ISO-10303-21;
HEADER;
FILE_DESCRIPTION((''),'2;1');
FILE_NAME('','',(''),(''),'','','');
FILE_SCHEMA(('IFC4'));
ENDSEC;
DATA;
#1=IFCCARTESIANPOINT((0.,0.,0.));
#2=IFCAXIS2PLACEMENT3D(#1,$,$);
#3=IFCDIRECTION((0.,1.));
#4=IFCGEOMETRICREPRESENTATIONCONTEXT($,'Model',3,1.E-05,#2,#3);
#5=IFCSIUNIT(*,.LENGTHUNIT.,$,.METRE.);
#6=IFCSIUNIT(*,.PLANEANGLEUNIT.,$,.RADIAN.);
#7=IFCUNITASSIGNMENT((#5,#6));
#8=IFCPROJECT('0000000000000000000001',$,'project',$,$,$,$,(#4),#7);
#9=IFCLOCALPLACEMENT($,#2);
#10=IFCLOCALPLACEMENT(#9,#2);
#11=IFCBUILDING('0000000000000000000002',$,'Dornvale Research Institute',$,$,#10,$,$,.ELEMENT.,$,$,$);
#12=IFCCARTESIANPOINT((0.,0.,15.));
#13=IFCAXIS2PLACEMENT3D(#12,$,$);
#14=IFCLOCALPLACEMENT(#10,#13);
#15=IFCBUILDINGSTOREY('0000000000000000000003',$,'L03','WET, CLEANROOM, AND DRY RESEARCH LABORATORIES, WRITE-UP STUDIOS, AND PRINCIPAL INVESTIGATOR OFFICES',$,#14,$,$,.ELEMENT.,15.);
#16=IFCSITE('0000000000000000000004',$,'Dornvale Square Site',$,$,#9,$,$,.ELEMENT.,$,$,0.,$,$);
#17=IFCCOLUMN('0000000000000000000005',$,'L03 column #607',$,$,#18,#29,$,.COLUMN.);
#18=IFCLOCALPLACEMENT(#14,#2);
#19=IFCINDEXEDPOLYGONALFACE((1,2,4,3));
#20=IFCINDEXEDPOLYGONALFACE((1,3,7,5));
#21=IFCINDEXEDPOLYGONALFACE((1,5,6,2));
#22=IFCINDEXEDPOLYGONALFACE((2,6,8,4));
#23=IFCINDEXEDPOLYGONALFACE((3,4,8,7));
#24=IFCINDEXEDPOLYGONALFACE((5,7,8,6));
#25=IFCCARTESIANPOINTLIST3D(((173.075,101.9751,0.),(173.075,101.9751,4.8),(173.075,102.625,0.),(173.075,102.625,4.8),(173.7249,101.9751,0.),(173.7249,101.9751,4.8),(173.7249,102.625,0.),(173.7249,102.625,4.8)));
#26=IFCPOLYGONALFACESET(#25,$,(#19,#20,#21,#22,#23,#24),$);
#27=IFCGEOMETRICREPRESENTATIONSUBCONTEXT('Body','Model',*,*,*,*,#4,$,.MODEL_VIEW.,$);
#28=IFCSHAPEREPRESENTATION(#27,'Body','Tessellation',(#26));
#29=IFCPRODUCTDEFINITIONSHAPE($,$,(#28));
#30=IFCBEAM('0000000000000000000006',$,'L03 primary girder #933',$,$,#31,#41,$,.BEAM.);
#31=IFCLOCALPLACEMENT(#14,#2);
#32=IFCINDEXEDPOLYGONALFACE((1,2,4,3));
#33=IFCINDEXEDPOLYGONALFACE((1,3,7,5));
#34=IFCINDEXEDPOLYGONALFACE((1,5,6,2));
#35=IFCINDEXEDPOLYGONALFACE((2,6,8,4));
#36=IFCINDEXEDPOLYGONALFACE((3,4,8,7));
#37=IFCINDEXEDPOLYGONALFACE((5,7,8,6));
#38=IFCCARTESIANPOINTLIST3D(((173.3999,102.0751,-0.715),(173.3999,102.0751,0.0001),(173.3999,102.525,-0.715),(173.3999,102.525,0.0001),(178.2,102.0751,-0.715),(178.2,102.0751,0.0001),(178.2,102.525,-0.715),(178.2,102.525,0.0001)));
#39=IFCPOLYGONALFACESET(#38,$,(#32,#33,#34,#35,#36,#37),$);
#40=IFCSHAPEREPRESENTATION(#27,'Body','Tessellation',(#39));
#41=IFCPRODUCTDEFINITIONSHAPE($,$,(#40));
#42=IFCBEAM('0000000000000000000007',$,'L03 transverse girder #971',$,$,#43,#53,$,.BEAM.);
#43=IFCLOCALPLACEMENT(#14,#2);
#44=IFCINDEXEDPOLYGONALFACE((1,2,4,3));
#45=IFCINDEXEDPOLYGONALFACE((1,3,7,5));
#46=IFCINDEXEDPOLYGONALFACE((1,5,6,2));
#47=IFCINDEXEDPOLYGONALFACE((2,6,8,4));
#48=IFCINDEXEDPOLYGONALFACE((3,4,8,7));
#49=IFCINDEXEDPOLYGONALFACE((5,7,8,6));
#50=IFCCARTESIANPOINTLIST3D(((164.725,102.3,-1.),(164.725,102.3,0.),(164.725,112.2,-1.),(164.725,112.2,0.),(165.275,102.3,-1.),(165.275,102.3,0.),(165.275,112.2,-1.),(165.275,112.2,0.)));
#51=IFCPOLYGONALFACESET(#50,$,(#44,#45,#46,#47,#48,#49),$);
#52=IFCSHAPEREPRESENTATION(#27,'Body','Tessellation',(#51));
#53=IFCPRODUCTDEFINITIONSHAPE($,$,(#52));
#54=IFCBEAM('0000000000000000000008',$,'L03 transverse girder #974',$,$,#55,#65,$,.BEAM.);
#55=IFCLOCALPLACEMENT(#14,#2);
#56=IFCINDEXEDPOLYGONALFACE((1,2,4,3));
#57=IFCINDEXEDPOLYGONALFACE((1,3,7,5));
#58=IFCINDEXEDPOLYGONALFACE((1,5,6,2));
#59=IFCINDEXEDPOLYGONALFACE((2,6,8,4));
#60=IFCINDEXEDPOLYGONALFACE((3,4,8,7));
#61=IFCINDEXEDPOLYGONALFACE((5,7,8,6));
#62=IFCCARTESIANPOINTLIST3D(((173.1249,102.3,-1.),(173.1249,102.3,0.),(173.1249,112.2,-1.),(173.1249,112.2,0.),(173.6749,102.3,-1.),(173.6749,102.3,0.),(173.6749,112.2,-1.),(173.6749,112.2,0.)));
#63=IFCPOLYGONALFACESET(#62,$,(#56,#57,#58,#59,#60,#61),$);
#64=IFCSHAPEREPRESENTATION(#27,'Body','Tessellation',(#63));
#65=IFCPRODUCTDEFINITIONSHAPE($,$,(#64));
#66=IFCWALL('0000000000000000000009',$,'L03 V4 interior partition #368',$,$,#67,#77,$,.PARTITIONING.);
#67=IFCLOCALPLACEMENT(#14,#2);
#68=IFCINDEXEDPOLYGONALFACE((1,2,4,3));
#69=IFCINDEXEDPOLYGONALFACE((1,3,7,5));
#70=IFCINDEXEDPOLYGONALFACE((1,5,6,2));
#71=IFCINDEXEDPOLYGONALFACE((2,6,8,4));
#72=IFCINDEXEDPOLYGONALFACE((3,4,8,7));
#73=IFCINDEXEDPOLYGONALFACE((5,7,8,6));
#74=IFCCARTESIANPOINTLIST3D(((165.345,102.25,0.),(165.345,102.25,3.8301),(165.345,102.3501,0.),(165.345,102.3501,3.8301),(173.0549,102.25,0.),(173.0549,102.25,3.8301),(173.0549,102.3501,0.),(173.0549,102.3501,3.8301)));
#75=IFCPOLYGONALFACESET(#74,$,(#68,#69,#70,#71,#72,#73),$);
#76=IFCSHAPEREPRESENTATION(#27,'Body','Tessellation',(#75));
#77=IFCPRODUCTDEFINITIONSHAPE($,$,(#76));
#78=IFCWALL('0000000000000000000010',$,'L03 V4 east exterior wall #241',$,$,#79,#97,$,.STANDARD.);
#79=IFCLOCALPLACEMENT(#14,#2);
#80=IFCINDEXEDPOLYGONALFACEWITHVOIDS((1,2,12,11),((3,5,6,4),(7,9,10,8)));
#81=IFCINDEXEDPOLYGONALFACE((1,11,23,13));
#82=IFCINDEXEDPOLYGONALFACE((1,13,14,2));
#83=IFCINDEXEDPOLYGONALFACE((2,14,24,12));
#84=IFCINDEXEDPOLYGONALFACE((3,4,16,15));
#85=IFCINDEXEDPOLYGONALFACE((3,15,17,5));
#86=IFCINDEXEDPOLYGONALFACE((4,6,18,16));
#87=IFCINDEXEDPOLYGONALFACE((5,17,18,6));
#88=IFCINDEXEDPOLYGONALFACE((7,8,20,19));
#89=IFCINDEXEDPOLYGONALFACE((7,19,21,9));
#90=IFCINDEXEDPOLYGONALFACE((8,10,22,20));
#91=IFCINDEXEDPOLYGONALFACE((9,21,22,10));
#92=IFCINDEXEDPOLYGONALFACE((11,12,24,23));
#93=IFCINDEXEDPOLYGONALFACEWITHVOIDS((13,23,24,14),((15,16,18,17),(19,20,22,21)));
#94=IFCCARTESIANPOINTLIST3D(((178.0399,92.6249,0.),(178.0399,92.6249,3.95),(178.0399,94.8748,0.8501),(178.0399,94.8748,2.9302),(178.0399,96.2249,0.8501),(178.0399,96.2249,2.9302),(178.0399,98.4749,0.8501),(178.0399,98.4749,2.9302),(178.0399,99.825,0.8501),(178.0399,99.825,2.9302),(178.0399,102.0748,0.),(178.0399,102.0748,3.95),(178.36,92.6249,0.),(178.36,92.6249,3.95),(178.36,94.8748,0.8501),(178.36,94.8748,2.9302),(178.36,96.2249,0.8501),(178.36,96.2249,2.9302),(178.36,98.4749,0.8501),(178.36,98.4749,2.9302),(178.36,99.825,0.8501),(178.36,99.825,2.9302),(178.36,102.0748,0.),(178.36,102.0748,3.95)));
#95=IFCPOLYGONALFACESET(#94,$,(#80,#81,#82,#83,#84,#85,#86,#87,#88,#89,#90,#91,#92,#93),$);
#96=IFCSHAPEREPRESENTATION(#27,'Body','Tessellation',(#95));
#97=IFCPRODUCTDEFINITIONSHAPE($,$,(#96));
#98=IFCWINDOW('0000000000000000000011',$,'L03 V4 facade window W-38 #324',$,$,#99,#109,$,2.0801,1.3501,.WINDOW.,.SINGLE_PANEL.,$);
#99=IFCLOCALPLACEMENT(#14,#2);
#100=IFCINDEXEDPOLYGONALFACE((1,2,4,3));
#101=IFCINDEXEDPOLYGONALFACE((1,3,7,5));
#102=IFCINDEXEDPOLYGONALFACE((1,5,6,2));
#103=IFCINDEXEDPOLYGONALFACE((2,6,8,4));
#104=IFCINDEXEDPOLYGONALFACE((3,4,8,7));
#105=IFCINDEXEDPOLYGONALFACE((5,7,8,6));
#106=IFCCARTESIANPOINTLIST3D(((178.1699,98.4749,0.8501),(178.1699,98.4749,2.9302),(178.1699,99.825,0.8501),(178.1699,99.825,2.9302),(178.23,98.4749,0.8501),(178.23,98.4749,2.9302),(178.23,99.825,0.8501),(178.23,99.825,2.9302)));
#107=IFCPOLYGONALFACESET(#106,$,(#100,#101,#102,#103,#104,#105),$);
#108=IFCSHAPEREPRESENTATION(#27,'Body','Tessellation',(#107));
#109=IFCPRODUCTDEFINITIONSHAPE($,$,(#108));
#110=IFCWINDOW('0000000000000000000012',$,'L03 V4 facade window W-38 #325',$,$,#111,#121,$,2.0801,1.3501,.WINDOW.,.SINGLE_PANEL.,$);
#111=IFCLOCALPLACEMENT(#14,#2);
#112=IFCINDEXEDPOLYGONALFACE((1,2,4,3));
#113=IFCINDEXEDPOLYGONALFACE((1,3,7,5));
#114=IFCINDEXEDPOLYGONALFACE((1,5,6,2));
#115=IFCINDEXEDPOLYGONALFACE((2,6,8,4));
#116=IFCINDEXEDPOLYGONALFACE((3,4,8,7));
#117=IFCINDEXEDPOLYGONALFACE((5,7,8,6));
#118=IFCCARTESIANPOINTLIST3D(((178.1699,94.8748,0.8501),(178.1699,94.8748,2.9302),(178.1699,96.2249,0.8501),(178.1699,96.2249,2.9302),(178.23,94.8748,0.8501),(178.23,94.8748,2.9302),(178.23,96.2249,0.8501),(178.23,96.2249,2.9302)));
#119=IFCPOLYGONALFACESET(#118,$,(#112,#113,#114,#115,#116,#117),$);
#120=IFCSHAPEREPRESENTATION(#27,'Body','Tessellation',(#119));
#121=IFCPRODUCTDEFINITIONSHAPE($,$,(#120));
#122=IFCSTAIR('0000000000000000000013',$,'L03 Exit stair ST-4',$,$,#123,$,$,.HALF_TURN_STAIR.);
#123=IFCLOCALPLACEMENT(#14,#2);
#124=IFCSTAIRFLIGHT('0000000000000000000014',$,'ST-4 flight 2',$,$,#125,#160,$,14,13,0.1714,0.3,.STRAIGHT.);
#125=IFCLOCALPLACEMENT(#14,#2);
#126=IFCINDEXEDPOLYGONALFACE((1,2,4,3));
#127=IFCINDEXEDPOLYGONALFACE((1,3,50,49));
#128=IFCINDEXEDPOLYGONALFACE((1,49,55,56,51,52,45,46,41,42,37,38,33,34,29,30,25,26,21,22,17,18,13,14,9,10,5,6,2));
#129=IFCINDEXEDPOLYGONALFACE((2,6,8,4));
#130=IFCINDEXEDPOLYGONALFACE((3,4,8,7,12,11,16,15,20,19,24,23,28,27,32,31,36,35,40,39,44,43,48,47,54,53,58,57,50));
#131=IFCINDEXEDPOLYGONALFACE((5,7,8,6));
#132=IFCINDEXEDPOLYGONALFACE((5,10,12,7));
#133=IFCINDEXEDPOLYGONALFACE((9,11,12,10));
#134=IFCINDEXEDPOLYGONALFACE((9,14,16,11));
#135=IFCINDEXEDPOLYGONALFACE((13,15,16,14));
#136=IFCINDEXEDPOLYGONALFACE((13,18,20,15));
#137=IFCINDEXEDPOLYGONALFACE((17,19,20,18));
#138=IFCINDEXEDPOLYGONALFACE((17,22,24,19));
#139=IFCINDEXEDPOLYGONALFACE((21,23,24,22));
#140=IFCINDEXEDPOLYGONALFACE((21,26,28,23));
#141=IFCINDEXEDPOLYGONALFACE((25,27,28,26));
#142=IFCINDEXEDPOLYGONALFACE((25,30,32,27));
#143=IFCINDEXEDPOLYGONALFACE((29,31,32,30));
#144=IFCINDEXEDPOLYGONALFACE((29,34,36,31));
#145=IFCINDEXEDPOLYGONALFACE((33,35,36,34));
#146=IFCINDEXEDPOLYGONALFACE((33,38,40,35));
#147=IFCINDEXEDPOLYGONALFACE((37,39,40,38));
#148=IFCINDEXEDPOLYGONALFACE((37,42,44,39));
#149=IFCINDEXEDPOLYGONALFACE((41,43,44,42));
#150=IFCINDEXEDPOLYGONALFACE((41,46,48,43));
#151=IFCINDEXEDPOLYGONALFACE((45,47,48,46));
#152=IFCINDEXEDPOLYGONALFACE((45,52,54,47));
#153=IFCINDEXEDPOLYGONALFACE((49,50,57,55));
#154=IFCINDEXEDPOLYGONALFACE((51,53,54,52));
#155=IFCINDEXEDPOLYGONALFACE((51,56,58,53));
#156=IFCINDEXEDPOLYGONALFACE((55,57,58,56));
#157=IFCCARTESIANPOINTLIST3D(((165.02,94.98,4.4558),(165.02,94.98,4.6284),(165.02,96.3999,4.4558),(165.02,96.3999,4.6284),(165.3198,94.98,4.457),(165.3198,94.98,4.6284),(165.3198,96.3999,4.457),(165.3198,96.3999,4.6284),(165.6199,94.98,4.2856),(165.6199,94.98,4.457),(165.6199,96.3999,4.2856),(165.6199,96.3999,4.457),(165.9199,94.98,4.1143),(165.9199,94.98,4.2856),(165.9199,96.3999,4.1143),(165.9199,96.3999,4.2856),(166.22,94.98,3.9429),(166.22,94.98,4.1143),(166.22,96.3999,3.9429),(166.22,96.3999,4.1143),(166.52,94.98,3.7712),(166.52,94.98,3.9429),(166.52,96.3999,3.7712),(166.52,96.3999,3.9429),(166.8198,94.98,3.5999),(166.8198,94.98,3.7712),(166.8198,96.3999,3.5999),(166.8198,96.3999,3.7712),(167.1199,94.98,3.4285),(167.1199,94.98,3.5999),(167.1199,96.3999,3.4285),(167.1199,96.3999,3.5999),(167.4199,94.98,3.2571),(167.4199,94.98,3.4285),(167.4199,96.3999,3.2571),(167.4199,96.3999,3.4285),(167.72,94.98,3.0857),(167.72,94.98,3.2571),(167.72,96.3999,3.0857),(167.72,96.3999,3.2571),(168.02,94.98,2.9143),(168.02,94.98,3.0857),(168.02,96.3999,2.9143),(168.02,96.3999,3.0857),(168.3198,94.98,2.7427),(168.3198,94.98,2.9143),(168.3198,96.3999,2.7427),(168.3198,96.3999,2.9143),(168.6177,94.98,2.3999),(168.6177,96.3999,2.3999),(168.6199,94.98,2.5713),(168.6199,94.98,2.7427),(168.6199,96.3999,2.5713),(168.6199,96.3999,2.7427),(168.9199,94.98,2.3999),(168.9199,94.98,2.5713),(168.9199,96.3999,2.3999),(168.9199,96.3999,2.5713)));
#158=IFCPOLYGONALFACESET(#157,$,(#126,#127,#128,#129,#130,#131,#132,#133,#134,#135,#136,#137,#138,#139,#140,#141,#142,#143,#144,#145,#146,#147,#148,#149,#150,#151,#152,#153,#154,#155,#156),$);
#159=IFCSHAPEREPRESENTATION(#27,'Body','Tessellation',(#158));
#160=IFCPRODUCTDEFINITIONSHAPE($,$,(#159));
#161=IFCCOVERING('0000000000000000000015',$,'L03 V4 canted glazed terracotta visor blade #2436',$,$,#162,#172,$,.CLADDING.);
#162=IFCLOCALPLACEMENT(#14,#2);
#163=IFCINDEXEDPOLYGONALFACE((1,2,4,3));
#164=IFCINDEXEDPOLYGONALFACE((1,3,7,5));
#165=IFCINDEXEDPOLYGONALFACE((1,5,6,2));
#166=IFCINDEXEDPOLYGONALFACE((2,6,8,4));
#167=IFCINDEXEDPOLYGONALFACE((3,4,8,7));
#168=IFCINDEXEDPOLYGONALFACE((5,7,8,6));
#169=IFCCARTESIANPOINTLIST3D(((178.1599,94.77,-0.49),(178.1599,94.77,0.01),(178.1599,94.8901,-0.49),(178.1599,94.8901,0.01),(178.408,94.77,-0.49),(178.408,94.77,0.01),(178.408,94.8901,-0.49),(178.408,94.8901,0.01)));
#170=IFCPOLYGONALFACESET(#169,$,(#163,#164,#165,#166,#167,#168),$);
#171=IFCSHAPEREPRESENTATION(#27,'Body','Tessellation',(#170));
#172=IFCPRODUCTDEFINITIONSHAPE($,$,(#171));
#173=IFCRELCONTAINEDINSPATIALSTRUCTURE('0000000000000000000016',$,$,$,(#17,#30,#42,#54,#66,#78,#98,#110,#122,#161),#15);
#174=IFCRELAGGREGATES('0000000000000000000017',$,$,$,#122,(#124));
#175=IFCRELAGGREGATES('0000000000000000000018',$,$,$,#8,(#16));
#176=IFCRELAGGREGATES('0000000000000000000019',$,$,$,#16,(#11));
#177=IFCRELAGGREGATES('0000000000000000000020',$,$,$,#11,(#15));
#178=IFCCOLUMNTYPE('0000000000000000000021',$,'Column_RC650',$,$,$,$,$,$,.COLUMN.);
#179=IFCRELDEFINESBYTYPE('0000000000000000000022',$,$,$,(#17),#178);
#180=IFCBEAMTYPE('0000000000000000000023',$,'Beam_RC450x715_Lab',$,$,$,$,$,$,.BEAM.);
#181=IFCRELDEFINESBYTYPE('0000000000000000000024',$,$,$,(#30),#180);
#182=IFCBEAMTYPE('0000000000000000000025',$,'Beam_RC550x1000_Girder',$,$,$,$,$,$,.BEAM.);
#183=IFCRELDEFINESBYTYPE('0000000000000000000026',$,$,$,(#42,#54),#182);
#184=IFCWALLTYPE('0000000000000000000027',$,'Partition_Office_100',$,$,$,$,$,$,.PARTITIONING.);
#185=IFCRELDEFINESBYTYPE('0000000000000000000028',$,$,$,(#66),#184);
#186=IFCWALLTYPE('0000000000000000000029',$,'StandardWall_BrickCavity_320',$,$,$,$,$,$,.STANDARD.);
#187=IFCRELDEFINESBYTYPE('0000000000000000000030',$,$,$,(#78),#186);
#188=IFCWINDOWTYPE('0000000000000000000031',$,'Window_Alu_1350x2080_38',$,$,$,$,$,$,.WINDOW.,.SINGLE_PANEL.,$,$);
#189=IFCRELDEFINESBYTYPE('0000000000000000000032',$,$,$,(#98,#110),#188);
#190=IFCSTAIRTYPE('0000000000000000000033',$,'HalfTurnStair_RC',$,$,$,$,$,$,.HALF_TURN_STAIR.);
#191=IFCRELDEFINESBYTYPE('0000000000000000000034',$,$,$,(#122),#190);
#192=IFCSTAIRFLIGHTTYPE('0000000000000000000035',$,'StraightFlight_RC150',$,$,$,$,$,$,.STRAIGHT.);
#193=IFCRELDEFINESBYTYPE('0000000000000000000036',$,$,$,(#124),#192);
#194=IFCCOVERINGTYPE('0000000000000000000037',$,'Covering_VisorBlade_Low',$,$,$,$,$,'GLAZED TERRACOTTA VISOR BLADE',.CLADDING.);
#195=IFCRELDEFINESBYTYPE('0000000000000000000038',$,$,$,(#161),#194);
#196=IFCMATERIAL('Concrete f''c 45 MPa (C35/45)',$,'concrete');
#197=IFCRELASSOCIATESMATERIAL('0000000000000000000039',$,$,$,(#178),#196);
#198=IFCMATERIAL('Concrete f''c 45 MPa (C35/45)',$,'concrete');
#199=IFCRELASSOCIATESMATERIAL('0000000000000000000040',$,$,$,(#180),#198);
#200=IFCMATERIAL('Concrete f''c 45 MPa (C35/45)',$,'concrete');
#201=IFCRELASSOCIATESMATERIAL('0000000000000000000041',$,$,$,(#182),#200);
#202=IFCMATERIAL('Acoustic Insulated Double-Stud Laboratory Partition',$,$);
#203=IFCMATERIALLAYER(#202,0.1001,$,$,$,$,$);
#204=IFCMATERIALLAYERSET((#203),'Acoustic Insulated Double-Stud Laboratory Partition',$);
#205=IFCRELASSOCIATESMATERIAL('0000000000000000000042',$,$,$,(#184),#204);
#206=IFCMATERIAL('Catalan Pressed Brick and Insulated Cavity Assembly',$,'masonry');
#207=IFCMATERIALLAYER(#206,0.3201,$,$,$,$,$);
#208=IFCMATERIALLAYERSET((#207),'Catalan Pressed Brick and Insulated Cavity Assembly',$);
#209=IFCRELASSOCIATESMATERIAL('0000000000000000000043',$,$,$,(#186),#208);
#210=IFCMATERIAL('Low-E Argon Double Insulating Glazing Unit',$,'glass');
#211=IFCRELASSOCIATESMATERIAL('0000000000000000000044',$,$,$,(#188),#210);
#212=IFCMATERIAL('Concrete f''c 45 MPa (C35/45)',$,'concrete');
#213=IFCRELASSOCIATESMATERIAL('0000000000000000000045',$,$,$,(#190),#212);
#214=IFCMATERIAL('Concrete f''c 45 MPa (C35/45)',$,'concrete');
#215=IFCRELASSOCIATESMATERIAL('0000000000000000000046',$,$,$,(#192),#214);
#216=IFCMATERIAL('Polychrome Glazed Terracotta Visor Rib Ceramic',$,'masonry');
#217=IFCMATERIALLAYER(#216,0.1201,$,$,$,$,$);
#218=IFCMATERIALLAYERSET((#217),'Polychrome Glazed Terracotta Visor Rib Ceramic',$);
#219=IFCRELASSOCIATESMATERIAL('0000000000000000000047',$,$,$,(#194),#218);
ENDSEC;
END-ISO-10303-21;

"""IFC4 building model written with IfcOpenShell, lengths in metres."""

from ifc_helpers import new_model, si_unit, direction, frame, frame_2d, origin, origin_2d, place, context, subcontext, project, spatial, polyline, rectangle, outline, extrude, material, layer, layer_set, material_profile, profile_set, type_object, element, fill, aggregate, save


model = new_model("IFC4")

# Units and contexts
model_context = context("Model", 3, precision=1e-05, world=origin(), true_north=direction((0.0, 1.0)))
body_context = subcontext(model_context, "Body", "Model", "MODEL_VIEW")
ifc_project = project(units=[si_unit("LENGTHUNIT", "METRE"), si_unit("PLANEANGLEUNIT", "RADIAN")], contexts=[model_context])

# Site, building, storey
site_placement = place(None, origin())
site = spatial("IfcSite", under=ifc_project, at=site_placement, Name="Dornvale Square Site", CompositionType="ELEMENT", RefElevation=0.0)
building_placement = place(site_placement, origin())
building = spatial("IfcBuilding", under=site, at=building_placement, Name="Dornvale Research Institute", CompositionType="ELEMENT")
storey_placement = place(building_placement, frame((0.0, 0.0, 15.0)))
storey = spatial("IfcBuildingStorey", under=building, at=storey_placement, Name="L03", Description="WET, CLEANROOM, AND DRY RESEARCH LABORATORIES, WRITE-UP STUDIOS, AND PRINCIPAL INVESTIGATOR OFFICES", CompositionType="ELEMENT", Elevation=15.0)

# Column
ifc_material_1 = material(Name="Concrete f'c 45 MPa (C35/45)", Category="concrete")
ifc_material_profile_1 = material_profile(ifc_material_1, rectangle(XDim=0.6499, YDim=0.6499, at=origin_2d()), Name="RC 650x650")
ifc_profile_set_1 = profile_set([ifc_material_profile_1], Name="Concrete f'c 45 MPa (C35/45)")
column_type = type_object("IfcColumnType", Name="Column_RC650", PredefinedType="COLUMN", material=ifc_profile_set_1)
column_placement = place(storey_placement, frame((173.3999, 102.3, 0.0), z_axis=(0.0, 0.0, 1.0), x_axis=(1.0, 0.0, 0.0)))
element("IfcColumn", 1, at=column_placement, inside=storey, type_object=column_type, Name="L03 column #607", PredefinedType="COLUMN", context=body_context, shape_type="SweptSolid", body=[
    extrude(rectangle(XDim=0.6499, YDim=0.6499, at=origin_2d()), origin(), (0.0, 0.0, 1.0), 4.8),
])

# Beams
ifc_material_2 = material(Name="Concrete f'c 45 MPa (C35/45)", Category="concrete")
ifc_material_profile_2 = material_profile(ifc_material_2, rectangle(XDim=0.45, YDim=0.7151, at=origin_2d()), Name="RC 450x715")
ifc_profile_set_2 = profile_set([ifc_material_profile_2], Name="Concrete f'c 45 MPa (C35/45)")
beam_type_1 = type_object("IfcBeamType", Name="Beam_RC450x715_Lab", PredefinedType="BEAM", material=ifc_profile_set_2)
beam_placement = place(storey_placement, frame((173.3999, 102.3, -0.3574), z_axis=(1.0, 0.0, 0.0), x_axis=(0.0, 1.0, 0.0)))
element("IfcBeam", 2, at=beam_placement, inside=storey, type_object=beam_type_1, Name="L03 primary girder #933", PredefinedType="BEAM", context=body_context, shape_type="SweptSolid", body=[
    extrude(rectangle(XDim=0.45, YDim=0.7151, at=origin_2d()), origin(), (0.0, 0.0, 1.0), 4.8),
])
ifc_material_3 = material(Name="Concrete f'c 45 MPa (C35/45)", Category="concrete")
ifc_material_profile_3 = material_profile(ifc_material_3, rectangle(XDim=0.55, YDim=1.0, at=origin_2d()), Name="RC 550x1000")
ifc_profile_set_3 = profile_set([ifc_material_profile_3], Name="Concrete f'c 45 MPa (C35/45)")
beam_type_2 = type_object("IfcBeamType", Name="Beam_RC550x1000_Girder", PredefinedType="BEAM", material=ifc_profile_set_3)
for number, where, z_axis, x_axis, name in (
    (3, (165.0, 102.3, -0.5), (0.0, 1.0, 0.0), (-1.0, 0.0, 0.0), "L03 transverse girder #971"),
    (4, (173.3999, 102.3, -0.5), (0.0, 1.0, 0.0), (-1.0, 0.0, 0.0), "L03 transverse girder #974"),
):
    element("IfcBeam", number, at=place(storey_placement, frame(where, z_axis=z_axis, x_axis=x_axis)), inside=storey, type_object=beam_type_2, Name=name, PredefinedType="BEAM", context=body_context, shape_type="SweptSolid", body=[
        extrude(rectangle(XDim=0.55, YDim=1.0, at=origin_2d()), origin(), (0.0, 0.0, 1.0), 9.8999),
    ])

# Wall
ifc_material_4 = material(Name="Acoustic Insulated Double-Stud Laboratory Partition")
ifc_layer_1 = layer(ifc_material_4, 0.1001)
ifc_layer_set_1 = layer_set([ifc_layer_1], Name="Acoustic Insulated Double-Stud Laboratory Partition")
wall_type_1 = type_object("IfcWallType", Name="Partition_Office_100", PredefinedType="PARTITIONING", material=ifc_layer_set_1)
wall_1_placement = place(storey_placement, frame((165.345, 102.3, 0.0), z_axis=(0.0, 0.0, 1.0), x_axis=(1.0, 0.0, 0.0)))
element("IfcWall", 5, at=wall_1_placement, inside=storey, type_object=wall_type_1, Name="L03 V4 interior partition #368", PredefinedType="PARTITIONING", context=body_context, shape_type="SweptSolid", body=[
    extrude(rectangle(XDim=7.71, YDim=0.1001, at=frame_2d((3.855, 0.0))), origin(), (0.0, 0.0, 1.0), 3.8301),
])

# Wall, openings, windows
ifc_material_5 = material(Name="Catalan Pressed Brick and Insulated Cavity Assembly", Category="masonry")
ifc_layer_2 = layer(ifc_material_5, 0.3201)
ifc_layer_set_2 = layer_set([ifc_layer_2], Name="Catalan Pressed Brick and Insulated Cavity Assembly")
wall_type_2 = type_object("IfcWallType", Name="StandardWall_BrickCavity_320", PredefinedType="STANDARD", material=ifc_layer_set_2)
wall_2_placement = place(storey_placement, frame((178.2, 102.075, 0.0), z_axis=(0.0, 0.0, 1.0), x_axis=(0.0, -1.0, 0.0)))
wall_2 = element("IfcWall", 6, at=wall_2_placement, inside=storey, type_object=wall_type_2, Name="L03 V4 east exterior wall #241", PredefinedType="STANDARD", context=body_context, shape_type="SweptSolid", body=[
    extrude(rectangle(XDim=9.45, YDim=0.3201, at=frame_2d((4.7251, 0.0))), origin(), (0.0, 0.0, 1.0), 3.95),
])
opening_1_placement = place(wall_2_placement, frame((2.25, 0.0, 0.8501)))
opening_1 = element("IfcOpeningElement", 7, at=opening_1_placement, cuts=wall_2, PredefinedType="OPENING", context=body_context, shape_type="SweptSolid", body=[
    extrude(rectangle(XDim=1.3501, YDim=2.0801, at=frame_2d((0.675, 1.04))), frame((0.0, 0.175, 0.0), z_axis=(0.0, -1.0, 0.0), x_axis=(1.0, 0.0, 0.0)), (0.0, 0.0, 1.0), 0.3501),
])
opening_2_placement = place(wall_2_placement, frame((5.8501, 0.0, 0.8501)))
opening_2 = element("IfcOpeningElement", 8, at=opening_2_placement, cuts=wall_2, PredefinedType="OPENING", context=body_context, shape_type="SweptSolid", body=[
    extrude(rectangle(XDim=1.3501, YDim=2.0801, at=frame_2d((0.675, 1.04))), frame((0.0, 0.175, 0.0), z_axis=(0.0, -1.0, 0.0), x_axis=(1.0, 0.0, 0.0)), (0.0, 0.0, 1.0), 0.3501),
])
ifc_material_6 = material(Name="Low-E Argon Double Insulating Glazing Unit", Category="glass")
window_type = type_object("IfcWindowType", Name="Window_Alu_1350x2080_38", PartitioningType="SINGLE_PANEL", PredefinedType="WINDOW", material=ifc_material_6)
window_1_placement = place(opening_1_placement, origin())
window_1 = element("IfcWindow", 9, at=window_1_placement, inside=storey, type_object=window_type, Name="L03 V4 facade window W-38 #324", OverallHeight=2.0801, OverallWidth=1.3501, PartitioningType="SINGLE_PANEL", PredefinedType="WINDOW", context=body_context, shape_type="SweptSolid", body=[
    extrude(rectangle(XDim=1.3501, YDim=2.0801, at=frame_2d((0.675, 1.04))), frame((0.0, 0.03, 0.0), z_axis=(0.0, -1.0, 0.0), x_axis=(1.0, 0.0, 0.0)), (0.0, 0.0, 1.0), 0.0601),
])
fill(opening_1, window_1)
window_2_placement = place(opening_2_placement, origin())
window_2 = element("IfcWindow", 10, at=window_2_placement, inside=storey, type_object=window_type, Name="L03 V4 facade window W-38 #325", OverallHeight=2.0801, OverallWidth=1.3501, PartitioningType="SINGLE_PANEL", PredefinedType="WINDOW", context=body_context, shape_type="SweptSolid", body=[
    extrude(rectangle(XDim=1.3501, YDim=2.0801, at=frame_2d((0.675, 1.04))), frame((0.0, 0.03, 0.0), z_axis=(0.0, -1.0, 0.0), x_axis=(1.0, 0.0, 0.0)), (0.0, 0.0, 1.0), 0.0601),
])
fill(opening_2, window_2)

# Stair, stair flight
ifc_material_7 = material(Name="Concrete f'c 45 MPa (C35/45)", Category="concrete")
stair_type = type_object("IfcStairType", Name="HalfTurnStair_RC", PredefinedType="HALF_TURN_STAIR", material=ifc_material_7)
stair_placement = place(storey_placement, origin())
stair = element("IfcStair", 11, at=stair_placement, inside=storey, type_object=stair_type, Name="L03 Exit stair ST-4", PredefinedType="HALF_TURN_STAIR")
ifc_material_8 = material(Name="Concrete f'c 45 MPa (C35/45)", Category="concrete")
stair_flight_type = type_object("IfcStairFlightType", Name="StraightFlight_RC150", PredefinedType="STRAIGHT", material=ifc_material_8)
stair_flight_placement = place(storey_placement, frame((168.9199, 95.6899, 2.3999), z_axis=(0.0, 0.0, 1.0), x_axis=(-1.0, 0.0, 0.0)))
stair_flight = element("IfcStairFlight", 12, at=stair_flight_placement, type_object=stair_flight_type, Name="ST-4 flight 2", NumberOfRisers=14, NumberOfTreads=13, PredefinedType="STRAIGHT", RiserHeight=0.1714, TreadLength=0.3, context=body_context, shape_type="SweptSolid", body=[
    extrude(outline(polyline([(0.0, 0.0), (0.0, 0.1714), (0.3, 0.1714), (0.3, 0.3428), (0.6001, 0.3428), (0.6001, 0.5144), (0.8999, 0.5144), (0.8999, 0.6858), (1.2, 0.6858), (1.2, 0.8572), (1.5, 0.8572), (1.5, 1.0286), (1.8, 1.0286), (1.8, 1.2), (2.1001, 1.2), (2.1001, 1.3713), (2.3999, 1.3713), (2.3999, 1.543), (2.7, 1.543), (2.7, 1.7144), (3.0, 1.7144), (3.0, 1.8857), (3.3, 1.8857), (3.3, 2.0571), (3.6001, 2.0571), (3.6001, 2.2285), (3.8999, 2.2285), (3.8999, 2.3999), (3.8999, 2.0559), (0.3022, 0.0), (0.0, 0.0)])), frame((0.0, 0.71, 0.0), z_axis=(0.0, -1.0, 0.0), x_axis=(1.0, 0.0, 0.0)), (0.0, 0.0, 1.0), 1.4199),
])
aggregate(stair, [stair_flight])

# Covering
ifc_material_9 = material(Name="Polychrome Glazed Terracotta Visor Rib Ceramic", Category="masonry")
ifc_layer_3 = layer(ifc_material_9, 0.1201)
ifc_layer_set_3 = layer_set([ifc_layer_3], Name="Polychrome Glazed Terracotta Visor Rib Ceramic")
covering_type = type_object("IfcCoveringType", Name="Covering_VisorBlade_Low", ElementType="GLAZED TERRACOTTA VISOR BLADE", PredefinedType="CLADDING", material=ifc_layer_set_3)
covering_1_placement = place(storey_placement, frame((178.2839, 94.8301, -0.49), z_axis=(0.0, 0.0, 1.0), x_axis=(1.0, 0.0, 0.0)))
element("IfcCovering", 13, at=covering_1_placement, inside=storey, type_object=covering_type, Name="L03 V4 canted glazed terracotta visor blade #2436", PredefinedType="CLADDING", context=body_context, shape_type="SweptSolid", body=[
    extrude(rectangle(XDim=0.248, YDim=0.1201, at=origin_2d()), origin(), (0.0, 0.0, 1.0), 0.5),
])

save(model, "model.ifc")
